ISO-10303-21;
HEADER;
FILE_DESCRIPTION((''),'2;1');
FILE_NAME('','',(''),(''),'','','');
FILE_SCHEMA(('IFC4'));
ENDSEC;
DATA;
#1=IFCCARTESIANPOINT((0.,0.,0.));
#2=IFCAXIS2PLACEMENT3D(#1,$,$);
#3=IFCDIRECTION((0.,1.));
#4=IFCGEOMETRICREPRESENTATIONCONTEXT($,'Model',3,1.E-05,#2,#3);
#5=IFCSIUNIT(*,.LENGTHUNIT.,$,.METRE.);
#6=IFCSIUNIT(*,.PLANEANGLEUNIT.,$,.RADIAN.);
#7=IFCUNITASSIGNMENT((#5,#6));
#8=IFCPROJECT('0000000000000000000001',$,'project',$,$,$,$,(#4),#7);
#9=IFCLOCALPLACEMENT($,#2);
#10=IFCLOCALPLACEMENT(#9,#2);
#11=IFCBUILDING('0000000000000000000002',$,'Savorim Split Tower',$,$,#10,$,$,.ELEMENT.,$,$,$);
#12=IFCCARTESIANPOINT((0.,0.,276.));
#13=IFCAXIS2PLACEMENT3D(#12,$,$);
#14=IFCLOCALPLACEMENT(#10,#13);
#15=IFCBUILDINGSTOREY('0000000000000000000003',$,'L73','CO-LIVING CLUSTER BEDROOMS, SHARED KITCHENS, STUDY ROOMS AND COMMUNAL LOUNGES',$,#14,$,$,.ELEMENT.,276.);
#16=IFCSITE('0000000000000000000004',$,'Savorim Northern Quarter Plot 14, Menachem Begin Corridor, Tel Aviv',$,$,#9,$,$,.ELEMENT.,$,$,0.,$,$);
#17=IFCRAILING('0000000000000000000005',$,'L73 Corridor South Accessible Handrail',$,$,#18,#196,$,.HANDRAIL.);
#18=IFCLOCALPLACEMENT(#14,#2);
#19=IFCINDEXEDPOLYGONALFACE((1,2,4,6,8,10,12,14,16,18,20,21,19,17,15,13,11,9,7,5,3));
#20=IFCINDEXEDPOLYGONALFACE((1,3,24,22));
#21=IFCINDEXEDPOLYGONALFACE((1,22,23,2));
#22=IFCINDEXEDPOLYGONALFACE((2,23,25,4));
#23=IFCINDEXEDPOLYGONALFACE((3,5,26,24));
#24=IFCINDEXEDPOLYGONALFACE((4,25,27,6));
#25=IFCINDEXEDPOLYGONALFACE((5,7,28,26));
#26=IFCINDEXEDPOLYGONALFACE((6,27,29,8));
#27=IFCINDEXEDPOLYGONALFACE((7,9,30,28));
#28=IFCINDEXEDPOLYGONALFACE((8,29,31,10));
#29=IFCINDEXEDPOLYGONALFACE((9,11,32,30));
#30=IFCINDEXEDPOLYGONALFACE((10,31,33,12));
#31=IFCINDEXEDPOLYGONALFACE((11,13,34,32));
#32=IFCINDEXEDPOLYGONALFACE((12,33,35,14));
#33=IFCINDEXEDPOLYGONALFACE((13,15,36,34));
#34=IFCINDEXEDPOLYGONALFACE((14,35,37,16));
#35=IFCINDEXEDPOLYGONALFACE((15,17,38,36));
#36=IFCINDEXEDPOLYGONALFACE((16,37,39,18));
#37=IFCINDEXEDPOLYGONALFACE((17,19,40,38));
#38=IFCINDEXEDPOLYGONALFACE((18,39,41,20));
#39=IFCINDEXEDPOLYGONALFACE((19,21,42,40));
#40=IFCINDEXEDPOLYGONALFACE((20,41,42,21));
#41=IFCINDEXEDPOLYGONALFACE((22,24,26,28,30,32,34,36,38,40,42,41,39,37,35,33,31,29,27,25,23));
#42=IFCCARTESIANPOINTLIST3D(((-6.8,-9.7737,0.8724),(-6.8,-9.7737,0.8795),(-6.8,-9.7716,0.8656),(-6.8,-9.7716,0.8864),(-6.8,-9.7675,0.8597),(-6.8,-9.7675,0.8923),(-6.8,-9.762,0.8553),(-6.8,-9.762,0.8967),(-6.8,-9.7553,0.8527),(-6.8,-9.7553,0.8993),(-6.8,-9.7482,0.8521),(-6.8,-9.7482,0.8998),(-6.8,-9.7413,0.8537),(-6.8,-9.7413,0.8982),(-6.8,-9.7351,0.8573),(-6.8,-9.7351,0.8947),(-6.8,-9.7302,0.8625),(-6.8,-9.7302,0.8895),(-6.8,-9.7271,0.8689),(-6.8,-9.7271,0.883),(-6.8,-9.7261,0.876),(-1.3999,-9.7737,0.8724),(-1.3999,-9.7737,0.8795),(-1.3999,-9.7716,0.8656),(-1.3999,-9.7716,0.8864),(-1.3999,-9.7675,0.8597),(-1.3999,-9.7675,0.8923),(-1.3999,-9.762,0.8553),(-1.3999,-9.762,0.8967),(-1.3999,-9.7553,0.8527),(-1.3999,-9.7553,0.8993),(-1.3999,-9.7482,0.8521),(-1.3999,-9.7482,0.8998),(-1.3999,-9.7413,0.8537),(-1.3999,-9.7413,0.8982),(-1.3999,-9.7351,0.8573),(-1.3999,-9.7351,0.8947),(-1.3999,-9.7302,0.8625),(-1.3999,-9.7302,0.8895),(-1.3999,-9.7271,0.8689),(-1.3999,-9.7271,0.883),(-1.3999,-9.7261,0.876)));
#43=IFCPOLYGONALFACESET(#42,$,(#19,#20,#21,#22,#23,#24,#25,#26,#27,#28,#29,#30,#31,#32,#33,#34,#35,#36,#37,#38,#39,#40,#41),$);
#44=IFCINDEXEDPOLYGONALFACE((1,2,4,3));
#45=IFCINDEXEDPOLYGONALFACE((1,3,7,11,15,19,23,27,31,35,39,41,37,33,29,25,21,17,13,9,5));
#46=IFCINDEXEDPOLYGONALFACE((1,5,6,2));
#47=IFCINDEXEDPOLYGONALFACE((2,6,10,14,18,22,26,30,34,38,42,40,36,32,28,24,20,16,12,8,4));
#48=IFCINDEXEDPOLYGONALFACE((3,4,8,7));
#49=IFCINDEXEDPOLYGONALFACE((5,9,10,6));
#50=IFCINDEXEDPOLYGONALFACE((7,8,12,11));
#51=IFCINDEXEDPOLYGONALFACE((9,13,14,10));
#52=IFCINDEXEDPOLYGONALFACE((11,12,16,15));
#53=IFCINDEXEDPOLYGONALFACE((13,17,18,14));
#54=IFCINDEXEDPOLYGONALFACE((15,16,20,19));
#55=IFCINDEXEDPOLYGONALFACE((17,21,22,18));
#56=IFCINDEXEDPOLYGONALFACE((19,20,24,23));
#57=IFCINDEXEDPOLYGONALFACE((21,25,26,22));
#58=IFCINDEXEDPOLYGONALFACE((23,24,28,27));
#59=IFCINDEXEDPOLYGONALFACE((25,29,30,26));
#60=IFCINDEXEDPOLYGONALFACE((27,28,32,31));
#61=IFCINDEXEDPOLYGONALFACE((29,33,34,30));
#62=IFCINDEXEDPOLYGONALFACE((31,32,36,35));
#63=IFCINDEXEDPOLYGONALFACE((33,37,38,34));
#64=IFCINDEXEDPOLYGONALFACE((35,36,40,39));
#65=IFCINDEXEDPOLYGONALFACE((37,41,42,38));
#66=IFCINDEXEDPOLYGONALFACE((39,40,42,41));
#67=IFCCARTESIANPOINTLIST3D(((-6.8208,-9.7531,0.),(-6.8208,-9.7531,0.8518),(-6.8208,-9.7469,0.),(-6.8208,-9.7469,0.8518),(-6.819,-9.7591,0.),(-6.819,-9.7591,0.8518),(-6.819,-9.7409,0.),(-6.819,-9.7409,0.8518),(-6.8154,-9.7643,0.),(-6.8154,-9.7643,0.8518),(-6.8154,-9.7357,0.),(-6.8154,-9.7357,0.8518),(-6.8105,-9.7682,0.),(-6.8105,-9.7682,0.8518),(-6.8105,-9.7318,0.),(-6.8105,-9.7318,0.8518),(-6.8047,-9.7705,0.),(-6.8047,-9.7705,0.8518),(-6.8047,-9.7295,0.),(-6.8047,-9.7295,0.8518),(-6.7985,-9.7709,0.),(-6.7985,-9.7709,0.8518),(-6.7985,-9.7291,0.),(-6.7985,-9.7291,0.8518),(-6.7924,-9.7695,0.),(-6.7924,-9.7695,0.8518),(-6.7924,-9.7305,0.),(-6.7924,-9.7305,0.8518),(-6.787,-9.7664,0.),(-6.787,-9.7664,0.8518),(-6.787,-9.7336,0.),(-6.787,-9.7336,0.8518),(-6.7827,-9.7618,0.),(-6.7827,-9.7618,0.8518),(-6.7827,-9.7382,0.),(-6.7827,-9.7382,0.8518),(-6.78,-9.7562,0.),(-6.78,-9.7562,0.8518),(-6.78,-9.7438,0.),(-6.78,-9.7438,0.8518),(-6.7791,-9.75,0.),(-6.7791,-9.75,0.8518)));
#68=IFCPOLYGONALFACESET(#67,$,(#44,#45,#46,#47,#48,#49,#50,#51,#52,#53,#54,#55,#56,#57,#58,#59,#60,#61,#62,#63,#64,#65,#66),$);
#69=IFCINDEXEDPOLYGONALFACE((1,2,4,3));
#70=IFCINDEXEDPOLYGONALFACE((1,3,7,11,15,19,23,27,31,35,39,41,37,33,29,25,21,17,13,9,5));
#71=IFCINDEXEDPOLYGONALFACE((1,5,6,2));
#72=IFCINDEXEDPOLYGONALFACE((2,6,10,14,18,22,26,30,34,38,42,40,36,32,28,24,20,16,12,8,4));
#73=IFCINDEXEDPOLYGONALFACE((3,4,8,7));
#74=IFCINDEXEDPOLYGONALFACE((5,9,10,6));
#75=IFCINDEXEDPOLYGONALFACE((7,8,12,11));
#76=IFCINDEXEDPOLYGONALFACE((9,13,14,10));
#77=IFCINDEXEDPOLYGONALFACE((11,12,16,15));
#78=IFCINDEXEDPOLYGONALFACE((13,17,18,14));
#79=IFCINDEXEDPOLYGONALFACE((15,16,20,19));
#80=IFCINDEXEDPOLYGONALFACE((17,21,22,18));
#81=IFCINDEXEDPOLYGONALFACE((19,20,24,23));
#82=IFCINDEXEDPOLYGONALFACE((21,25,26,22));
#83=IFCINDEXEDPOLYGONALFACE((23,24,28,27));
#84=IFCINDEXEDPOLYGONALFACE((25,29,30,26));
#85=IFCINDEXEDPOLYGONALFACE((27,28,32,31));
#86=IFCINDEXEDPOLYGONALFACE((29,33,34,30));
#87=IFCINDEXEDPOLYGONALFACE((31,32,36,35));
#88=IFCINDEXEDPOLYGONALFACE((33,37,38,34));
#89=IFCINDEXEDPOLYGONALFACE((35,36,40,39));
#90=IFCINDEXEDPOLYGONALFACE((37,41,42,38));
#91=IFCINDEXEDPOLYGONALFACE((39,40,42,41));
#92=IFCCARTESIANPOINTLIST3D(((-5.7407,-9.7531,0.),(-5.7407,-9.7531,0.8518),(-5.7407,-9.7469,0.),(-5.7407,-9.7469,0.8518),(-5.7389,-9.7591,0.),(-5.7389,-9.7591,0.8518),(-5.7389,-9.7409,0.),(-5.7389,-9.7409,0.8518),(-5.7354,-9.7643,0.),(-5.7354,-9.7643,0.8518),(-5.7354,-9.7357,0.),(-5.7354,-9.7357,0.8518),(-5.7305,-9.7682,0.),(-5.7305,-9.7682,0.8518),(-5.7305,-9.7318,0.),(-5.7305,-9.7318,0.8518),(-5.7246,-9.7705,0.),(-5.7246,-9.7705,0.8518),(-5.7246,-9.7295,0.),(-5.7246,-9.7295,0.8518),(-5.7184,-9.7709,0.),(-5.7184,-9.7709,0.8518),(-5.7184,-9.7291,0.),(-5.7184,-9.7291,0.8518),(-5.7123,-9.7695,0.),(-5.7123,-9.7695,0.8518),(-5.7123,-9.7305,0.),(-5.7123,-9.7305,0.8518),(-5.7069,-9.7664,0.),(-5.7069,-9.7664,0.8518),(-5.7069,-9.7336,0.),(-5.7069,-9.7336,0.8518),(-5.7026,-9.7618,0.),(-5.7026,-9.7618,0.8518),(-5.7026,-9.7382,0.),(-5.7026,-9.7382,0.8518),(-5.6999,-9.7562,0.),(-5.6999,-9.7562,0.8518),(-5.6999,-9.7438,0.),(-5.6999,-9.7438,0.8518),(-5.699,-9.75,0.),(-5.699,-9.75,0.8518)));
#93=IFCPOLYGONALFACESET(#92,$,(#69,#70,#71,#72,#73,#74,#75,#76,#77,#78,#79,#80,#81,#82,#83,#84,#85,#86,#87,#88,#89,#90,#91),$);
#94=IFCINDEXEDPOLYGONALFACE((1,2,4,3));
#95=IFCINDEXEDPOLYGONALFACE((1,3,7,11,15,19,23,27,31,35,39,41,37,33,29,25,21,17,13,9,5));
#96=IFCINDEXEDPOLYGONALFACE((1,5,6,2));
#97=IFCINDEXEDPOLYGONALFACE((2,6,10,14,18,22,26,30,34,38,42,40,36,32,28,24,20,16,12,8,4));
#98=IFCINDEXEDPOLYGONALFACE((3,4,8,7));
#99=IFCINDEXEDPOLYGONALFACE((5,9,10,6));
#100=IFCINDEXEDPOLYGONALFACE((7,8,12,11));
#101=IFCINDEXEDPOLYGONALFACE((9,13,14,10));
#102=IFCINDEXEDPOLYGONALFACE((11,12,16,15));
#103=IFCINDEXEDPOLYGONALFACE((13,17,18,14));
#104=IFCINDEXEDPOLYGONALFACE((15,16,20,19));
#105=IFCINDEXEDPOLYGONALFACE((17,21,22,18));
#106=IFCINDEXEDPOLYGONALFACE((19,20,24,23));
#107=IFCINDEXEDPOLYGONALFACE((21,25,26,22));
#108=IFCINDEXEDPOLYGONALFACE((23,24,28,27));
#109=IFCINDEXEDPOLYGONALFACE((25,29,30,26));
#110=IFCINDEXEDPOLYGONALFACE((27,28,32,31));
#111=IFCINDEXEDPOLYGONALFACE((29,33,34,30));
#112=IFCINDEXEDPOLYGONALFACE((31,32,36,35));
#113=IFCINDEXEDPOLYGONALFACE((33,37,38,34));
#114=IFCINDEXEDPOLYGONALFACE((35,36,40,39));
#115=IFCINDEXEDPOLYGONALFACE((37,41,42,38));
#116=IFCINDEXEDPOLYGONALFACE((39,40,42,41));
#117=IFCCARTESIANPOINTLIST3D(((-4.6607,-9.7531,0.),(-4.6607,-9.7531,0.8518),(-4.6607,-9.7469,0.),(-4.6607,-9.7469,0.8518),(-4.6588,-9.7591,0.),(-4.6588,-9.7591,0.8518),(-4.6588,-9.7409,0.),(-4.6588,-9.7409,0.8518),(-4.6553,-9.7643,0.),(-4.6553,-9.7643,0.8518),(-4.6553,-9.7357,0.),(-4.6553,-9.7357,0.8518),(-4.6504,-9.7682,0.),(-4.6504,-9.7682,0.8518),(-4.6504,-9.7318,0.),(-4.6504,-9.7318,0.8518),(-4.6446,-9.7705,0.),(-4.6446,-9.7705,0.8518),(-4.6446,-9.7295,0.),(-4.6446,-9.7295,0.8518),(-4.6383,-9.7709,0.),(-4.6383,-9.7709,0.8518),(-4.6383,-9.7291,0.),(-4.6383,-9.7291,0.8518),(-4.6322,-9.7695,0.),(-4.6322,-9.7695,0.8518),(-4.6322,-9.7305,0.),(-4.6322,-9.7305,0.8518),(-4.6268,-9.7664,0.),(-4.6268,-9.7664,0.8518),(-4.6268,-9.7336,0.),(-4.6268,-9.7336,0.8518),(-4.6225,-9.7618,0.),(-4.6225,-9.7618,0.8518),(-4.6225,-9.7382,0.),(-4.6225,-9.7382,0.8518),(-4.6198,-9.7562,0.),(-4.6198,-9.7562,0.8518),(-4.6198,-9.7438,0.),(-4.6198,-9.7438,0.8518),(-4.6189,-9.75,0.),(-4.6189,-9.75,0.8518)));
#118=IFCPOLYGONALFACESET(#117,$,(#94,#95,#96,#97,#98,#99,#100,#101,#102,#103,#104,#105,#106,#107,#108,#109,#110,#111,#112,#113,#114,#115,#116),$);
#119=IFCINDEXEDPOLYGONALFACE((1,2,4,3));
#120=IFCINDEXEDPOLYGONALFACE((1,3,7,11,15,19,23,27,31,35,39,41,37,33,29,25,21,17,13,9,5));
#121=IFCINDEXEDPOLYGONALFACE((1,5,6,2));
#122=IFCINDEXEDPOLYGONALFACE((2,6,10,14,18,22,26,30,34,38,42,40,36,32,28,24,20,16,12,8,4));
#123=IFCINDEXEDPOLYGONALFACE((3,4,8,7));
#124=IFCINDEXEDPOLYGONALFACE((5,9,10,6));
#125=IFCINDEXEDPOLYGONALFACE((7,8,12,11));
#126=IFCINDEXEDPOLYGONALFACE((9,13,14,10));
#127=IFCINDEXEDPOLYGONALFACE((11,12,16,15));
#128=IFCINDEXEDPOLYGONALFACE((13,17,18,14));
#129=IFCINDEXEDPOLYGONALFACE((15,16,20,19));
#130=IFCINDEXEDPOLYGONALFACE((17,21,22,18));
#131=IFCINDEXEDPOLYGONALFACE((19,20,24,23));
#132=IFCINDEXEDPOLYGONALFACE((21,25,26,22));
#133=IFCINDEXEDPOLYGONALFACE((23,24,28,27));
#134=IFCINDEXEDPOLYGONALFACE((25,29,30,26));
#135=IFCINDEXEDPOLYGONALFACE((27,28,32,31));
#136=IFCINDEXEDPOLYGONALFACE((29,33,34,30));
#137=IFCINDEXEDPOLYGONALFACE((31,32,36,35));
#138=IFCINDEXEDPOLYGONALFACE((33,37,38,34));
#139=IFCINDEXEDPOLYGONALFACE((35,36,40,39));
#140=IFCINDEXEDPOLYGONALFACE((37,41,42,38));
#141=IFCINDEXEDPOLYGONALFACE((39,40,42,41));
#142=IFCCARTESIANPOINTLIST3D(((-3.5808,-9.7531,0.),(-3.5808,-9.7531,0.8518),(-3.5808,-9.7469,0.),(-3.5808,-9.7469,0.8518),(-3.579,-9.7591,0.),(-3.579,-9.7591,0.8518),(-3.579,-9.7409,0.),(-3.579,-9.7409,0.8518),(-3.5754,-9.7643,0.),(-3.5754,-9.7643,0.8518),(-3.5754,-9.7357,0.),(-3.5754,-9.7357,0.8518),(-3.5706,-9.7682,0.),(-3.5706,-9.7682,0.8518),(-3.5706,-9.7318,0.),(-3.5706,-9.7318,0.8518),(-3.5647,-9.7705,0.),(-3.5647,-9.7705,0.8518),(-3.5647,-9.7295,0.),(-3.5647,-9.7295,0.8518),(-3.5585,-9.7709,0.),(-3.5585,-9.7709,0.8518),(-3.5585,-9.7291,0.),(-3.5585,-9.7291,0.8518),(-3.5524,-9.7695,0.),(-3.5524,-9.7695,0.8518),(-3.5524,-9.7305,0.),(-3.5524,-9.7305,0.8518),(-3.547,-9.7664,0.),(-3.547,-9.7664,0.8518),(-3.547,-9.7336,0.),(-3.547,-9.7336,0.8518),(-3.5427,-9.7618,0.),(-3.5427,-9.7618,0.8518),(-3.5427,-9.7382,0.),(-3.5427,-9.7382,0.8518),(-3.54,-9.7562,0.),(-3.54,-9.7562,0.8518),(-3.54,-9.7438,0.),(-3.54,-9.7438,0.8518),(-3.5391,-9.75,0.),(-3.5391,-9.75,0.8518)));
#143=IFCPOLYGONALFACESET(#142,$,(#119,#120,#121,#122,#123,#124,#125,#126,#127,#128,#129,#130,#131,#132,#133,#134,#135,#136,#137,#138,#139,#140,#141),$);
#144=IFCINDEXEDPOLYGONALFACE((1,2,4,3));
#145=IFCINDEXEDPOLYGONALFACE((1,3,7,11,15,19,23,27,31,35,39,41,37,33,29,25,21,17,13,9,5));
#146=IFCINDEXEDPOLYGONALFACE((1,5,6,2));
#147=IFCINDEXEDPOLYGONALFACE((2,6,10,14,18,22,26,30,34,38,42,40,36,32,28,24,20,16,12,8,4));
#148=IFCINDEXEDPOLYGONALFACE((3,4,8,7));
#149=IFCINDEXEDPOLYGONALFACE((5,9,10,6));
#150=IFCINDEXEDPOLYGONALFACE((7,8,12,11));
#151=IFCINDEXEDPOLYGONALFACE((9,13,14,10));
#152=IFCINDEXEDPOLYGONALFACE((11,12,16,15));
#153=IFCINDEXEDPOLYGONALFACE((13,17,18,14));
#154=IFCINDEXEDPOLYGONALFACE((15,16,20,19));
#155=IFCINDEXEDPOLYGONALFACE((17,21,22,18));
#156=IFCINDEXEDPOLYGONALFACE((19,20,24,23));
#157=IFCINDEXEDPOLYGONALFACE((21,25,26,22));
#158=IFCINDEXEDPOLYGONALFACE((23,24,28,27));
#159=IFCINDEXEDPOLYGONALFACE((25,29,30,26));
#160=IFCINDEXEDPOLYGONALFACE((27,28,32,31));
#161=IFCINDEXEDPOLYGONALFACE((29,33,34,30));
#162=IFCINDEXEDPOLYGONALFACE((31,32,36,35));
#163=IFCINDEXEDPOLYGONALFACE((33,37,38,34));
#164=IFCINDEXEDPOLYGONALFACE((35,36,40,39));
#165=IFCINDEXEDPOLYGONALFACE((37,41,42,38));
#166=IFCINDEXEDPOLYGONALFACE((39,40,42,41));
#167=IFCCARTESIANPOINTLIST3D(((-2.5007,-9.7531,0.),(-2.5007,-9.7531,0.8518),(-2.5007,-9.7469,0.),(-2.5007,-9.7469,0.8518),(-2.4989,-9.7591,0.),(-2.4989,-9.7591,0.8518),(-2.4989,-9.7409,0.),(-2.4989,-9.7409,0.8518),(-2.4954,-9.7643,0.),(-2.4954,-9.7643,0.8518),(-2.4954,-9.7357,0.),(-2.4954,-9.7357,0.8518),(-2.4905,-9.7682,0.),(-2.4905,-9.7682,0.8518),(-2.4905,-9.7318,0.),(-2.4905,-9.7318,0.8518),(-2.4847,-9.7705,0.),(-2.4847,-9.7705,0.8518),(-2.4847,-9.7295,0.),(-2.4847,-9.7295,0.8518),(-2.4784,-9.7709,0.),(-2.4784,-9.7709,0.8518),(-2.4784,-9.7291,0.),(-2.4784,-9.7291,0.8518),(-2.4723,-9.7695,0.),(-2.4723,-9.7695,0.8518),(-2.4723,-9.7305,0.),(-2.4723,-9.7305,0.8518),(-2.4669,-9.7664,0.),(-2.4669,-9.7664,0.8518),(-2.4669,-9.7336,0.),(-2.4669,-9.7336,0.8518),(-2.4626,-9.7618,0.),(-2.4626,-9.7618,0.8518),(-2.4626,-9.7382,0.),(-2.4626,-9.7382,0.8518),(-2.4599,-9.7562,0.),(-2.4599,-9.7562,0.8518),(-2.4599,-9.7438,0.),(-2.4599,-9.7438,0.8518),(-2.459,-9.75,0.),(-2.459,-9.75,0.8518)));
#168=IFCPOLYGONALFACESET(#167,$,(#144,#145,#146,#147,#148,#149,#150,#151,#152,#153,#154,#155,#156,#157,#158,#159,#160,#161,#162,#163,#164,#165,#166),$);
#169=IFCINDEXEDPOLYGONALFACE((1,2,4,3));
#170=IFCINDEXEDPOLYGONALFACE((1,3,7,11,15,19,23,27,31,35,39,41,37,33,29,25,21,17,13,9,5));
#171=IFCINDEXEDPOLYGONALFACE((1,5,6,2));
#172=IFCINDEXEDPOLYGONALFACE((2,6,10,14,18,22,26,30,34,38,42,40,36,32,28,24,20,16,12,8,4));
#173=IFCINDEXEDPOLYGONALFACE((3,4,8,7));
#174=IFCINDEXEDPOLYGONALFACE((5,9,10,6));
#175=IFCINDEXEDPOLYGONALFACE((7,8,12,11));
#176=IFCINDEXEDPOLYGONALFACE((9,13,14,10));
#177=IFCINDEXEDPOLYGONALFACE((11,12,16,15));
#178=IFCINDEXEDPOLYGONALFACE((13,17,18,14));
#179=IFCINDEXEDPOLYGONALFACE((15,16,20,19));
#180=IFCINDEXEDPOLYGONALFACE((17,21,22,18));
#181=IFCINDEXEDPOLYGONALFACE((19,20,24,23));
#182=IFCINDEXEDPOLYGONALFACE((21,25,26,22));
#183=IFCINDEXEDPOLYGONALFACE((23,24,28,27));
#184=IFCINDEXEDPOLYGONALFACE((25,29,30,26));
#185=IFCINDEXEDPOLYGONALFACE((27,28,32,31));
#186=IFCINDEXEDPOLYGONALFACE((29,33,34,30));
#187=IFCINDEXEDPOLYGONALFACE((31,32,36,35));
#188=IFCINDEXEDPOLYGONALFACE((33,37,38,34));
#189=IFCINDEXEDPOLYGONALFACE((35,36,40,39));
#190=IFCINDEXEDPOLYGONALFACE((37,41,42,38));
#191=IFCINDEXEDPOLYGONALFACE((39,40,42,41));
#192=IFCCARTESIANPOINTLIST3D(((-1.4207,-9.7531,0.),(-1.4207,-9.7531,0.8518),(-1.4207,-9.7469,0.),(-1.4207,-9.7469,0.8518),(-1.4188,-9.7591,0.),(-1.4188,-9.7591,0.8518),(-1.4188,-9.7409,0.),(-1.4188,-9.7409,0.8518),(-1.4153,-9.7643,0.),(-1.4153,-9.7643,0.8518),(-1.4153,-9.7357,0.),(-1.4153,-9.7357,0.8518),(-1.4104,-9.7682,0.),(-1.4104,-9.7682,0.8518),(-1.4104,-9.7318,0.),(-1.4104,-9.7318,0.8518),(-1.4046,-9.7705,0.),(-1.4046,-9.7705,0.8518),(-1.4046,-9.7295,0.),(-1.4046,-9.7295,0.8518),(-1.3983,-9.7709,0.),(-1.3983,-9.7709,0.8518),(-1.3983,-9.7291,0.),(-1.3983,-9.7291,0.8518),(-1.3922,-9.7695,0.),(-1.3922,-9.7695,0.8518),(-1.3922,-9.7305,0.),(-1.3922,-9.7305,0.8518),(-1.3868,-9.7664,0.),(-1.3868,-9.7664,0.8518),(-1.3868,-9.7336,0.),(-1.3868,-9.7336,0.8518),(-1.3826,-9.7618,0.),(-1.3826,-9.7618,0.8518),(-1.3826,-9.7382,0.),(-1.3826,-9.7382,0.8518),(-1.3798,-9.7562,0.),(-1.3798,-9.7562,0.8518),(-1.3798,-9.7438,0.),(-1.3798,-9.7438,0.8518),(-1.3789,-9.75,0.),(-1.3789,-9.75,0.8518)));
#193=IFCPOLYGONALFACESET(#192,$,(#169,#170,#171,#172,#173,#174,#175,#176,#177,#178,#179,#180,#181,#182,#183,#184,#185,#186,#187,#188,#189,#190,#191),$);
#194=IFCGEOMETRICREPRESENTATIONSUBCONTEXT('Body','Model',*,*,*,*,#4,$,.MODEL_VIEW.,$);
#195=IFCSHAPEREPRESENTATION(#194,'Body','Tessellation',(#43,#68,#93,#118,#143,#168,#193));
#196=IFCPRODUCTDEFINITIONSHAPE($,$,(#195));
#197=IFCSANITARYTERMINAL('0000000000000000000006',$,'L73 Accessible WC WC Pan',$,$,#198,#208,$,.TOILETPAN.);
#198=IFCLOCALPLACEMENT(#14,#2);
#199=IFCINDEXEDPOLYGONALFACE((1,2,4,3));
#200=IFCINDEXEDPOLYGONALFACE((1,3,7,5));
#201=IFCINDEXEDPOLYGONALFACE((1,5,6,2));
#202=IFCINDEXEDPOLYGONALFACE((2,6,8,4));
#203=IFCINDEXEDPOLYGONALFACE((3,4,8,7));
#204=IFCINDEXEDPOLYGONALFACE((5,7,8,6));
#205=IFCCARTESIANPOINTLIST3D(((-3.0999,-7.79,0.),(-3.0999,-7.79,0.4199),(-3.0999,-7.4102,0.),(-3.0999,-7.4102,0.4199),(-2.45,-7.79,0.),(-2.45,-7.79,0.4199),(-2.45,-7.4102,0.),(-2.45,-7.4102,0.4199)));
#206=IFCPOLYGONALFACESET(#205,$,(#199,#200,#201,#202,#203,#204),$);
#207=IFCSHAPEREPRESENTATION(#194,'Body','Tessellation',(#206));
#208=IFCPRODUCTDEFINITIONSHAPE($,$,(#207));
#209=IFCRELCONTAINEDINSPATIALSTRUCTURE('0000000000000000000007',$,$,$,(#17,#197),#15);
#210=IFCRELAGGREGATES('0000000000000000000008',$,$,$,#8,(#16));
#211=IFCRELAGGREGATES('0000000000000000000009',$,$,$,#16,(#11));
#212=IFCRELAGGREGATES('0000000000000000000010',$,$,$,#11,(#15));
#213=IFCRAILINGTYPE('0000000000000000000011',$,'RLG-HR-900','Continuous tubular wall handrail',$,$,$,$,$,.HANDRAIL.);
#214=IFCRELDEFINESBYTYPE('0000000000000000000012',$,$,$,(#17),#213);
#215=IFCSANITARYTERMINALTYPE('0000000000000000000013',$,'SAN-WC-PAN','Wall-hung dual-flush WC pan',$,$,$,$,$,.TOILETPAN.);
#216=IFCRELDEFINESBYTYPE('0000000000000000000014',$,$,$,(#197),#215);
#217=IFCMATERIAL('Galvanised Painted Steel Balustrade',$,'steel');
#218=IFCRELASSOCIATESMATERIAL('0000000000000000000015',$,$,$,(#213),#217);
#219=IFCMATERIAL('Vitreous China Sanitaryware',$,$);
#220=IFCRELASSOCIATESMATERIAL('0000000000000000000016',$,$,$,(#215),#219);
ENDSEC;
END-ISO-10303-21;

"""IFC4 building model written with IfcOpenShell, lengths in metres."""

from ifc_helpers import new_model, si_unit, direction, frame, origin, origin_2d, place, context, subcontext, project, spatial, rectangle, circle, extrude, material, type_object, element, save


model = new_model("IFC4")

# Units and contexts
model_context = context("Model", 3, precision=1e-05, world=origin(), true_north=direction((0.0, 1.0)))
body_context = subcontext(model_context, "Body", "Model", "MODEL_VIEW")
ifc_project = project(units=[si_unit("LENGTHUNIT", "METRE"), si_unit("PLANEANGLEUNIT", "RADIAN")], contexts=[model_context])

# Site, building, storey
site_placement = place(None, origin())
site = spatial("IfcSite", under=ifc_project, at=site_placement, Name="Savorim Northern Quarter Plot 14, Menachem Begin Corridor, Tel Aviv", CompositionType="ELEMENT", RefElevation=0.0)
building_placement = place(site_placement, origin())
building = spatial("IfcBuilding", under=site, at=building_placement, Name="Savorim Split Tower", CompositionType="ELEMENT")
storey_placement = place(building_placement, frame((0.0, 0.0, 276.0)))
storey = spatial("IfcBuildingStorey", under=building, at=storey_placement, Name="L73", Description="CO-LIVING CLUSTER BEDROOMS, SHARED KITCHENS, STUDY ROOMS AND COMMUNAL LOUNGES", CompositionType="ELEMENT", Elevation=276.0)

# Railing
ifc_material_1 = material(Name="Galvanised Painted Steel Balustrade", Category="steel")
railing_type = type_object("IfcRailingType", Name="RLG-HR-900", Description="Continuous tubular wall handrail", PredefinedType="HANDRAIL", material=ifc_material_1)
railing_1_placement = place(storey_placement, frame((-6.8, -9.75, 0.0)))
element("IfcRailing", 1, at=railing_1_placement, inside=storey, type_object=railing_type, Name="L73 Corridor South Accessible Handrail", PredefinedType="HANDRAIL", context=body_context, shape_type="SweptSolid", body=[
    extrude(circle(Radius=0.0239, at=origin_2d()), frame((0.0, 0.0, 0.876), z_axis=(1.0, 0.0, 0.0), x_axis=(0.0, 1.0, 0.0)), (0.0, 0.0, 1.0), 5.4001),
    extrude(circle(Radius=0.021, at=origin_2d()), origin(), (0.0, 0.0, 1.0), 0.8518),
    extrude(circle(Radius=0.021, at=origin_2d()), frame((1.0801, 0.0, 0.0)), (0.0, 0.0, 1.0), 0.8518),
    extrude(circle(Radius=0.021, at=origin_2d()), frame((2.1602, 0.0, 0.0)), (0.0, 0.0, 1.0), 0.8518),
    extrude(circle(Radius=0.021, at=origin_2d()), frame((3.24, 0.0, 0.0)), (0.0, 0.0, 1.0), 0.8518),
    extrude(circle(Radius=0.021, at=origin_2d()), frame((4.3201, 0.0, 0.0)), (0.0, 0.0, 1.0), 0.8518),
    extrude(circle(Radius=0.021, at=origin_2d()), frame((5.4001, 0.0, 0.0)), (0.0, 0.0, 1.0), 0.8518),
])

# Sanitary terminal
ifc_material_2 = material(Name="Vitreous China Sanitaryware")
sanitary_terminal_type_1 = type_object("IfcSanitaryTerminalType", Name="SAN-WC-PAN", Description="Wall-hung dual-flush WC pan", PredefinedType="TOILETPAN", material=ifc_material_2)
sanitary_terminal_1_placement = place(storey_placement, frame((-2.7749, -7.6001, 0.0), z_axis=(0.0, 0.0, 1.0), x_axis=(1.0, 0.0, 0.0)))
element("IfcSanitaryTerminal", 2, at=sanitary_terminal_1_placement, inside=storey, type_object=sanitary_terminal_type_1, Name="L73 Accessible WC WC Pan", PredefinedType="TOILETPAN", context=body_context, shape_type="SweptSolid", body=[
    extrude(rectangle(XDim=0.6499, YDim=0.3799, at=origin_2d()), origin(), (0.0, 0.0, 1.0), 0.4199),
])

save(model, "model.ifc")
